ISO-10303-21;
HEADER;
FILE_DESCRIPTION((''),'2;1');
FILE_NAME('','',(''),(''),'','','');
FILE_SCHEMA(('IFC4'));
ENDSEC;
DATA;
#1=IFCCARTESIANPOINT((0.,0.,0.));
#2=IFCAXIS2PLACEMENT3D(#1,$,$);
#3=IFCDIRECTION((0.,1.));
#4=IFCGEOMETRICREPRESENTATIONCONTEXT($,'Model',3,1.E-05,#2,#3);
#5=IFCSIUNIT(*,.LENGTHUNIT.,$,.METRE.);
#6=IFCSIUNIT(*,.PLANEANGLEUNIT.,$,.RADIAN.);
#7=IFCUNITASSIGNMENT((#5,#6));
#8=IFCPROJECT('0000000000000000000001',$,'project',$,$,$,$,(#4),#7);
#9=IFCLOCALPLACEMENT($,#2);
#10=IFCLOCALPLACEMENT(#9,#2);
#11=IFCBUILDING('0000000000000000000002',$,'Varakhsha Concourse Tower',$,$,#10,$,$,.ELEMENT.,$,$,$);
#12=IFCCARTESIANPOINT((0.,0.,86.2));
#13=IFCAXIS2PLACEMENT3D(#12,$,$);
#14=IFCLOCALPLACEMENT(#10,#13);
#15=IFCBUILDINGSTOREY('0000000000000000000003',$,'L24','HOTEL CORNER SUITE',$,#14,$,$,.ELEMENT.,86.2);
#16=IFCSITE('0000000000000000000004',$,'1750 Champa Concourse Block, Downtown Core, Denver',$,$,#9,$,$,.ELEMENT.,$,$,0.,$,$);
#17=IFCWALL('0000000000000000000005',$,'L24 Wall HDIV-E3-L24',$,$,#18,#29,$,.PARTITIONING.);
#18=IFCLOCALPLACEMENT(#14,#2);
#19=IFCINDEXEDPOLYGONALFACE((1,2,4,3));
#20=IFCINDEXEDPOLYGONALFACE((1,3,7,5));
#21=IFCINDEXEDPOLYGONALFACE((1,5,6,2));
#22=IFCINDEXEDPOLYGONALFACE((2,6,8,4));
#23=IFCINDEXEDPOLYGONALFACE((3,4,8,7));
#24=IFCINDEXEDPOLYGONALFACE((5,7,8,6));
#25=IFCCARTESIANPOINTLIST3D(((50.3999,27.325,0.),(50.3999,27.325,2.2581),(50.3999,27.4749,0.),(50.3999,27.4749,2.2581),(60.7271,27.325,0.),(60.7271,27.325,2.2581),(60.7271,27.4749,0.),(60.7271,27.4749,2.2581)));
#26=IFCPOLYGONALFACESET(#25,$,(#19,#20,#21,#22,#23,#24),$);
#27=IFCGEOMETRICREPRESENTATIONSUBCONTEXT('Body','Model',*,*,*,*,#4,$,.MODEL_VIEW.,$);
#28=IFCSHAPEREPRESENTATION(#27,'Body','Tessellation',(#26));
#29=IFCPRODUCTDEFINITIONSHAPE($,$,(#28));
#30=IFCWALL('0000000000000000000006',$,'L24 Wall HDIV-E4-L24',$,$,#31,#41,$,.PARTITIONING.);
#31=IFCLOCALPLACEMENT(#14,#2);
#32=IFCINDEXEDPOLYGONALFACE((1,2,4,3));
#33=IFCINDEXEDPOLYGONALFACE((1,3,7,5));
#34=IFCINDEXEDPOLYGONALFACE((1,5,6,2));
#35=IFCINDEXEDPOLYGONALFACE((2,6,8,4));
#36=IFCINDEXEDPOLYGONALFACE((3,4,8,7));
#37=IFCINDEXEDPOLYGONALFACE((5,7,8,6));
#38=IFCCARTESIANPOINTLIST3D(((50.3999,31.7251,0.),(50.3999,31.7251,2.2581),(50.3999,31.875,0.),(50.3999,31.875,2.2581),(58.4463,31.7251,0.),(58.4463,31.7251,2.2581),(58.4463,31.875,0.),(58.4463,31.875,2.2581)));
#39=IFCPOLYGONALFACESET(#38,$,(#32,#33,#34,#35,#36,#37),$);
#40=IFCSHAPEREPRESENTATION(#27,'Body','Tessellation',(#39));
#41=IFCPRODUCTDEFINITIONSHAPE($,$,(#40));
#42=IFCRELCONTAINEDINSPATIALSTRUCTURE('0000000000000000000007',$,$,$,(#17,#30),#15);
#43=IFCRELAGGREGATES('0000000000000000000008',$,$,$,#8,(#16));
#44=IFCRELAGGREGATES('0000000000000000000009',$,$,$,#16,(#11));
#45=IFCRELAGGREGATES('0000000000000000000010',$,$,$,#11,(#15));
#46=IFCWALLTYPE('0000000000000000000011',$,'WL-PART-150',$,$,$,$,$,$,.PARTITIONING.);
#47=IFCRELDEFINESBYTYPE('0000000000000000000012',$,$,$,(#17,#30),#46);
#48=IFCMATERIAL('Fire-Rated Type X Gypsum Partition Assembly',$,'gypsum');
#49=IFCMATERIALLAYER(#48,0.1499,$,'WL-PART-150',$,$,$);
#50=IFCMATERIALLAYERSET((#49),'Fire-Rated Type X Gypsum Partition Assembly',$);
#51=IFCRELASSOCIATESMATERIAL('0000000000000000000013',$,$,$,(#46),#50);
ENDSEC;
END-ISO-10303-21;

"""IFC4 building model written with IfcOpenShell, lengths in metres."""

from ifc_helpers import new_model, si_unit, direction, frame, frame_2d, origin, place, context, subcontext, project, spatial, rectangle, extrude, material, layer, layer_set, type_object, element, save


model = new_model("IFC4")

# Units and contexts
model_context = context("Model", 3, precision=1e-05, world=origin(), true_north=direction((0.0, 1.0)))
body_context = subcontext(model_context, "Body", "Model", "MODEL_VIEW")
ifc_project = project(units=[si_unit("LENGTHUNIT", "METRE"), si_unit("PLANEANGLEUNIT", "RADIAN")], contexts=[model_context])

# Site, building, storey
site_placement = place(None, origin())
site = spatial("IfcSite", under=ifc_project, at=site_placement, Name="1750 Champa Concourse Block, Downtown Core, Denver", CompositionType="ELEMENT", RefElevation=0.0)
building_placement = place(site_placement, origin())
building = spatial("IfcBuilding", under=site, at=building_placement, Name="Varakhsha Concourse Tower", CompositionType="ELEMENT")
storey_placement = place(building_placement, frame((0.0, 0.0, 86.2)))
storey = spatial("IfcBuildingStorey", under=building, at=storey_placement, Name="L24", Description="HOTEL CORNER SUITE", CompositionType="ELEMENT", Elevation=86.2)

# Walls
ifc_material_1 = material(Name="Fire-Rated Type X Gypsum Partition Assembly", Category="gypsum")
ifc_layer_1 = layer(ifc_material_1, 0.1499, Name="WL-PART-150")
ifc_layer_set_1 = layer_set([ifc_layer_1], Name="Fire-Rated Type X Gypsum Partition Assembly")
wall_type_1 = type_object("IfcWallType", Name="WL-PART-150", PredefinedType="PARTITIONING", material=ifc_layer_set_1)
wall_1_placement = place(storey_placement, frame((50.3999, 27.3999, 0.0), z_axis=(0.0, 0.0, 1.0), x_axis=(1.0, 0.0, 0.0)))
element("IfcWall", 1, at=wall_1_placement, inside=storey, type_object=wall_type_1, Name="L24 Wall HDIV-E3-L24", PredefinedType="PARTITIONING", context=body_context, shape_type="SweptSolid", body=[
    extrude(rectangle(XDim=10.3271, YDim=0.1499, at=frame_2d((5.1636, 0.0))), origin(), (0.0, 0.0, 1.0), 2.2581),
])
wall_2_placement = place(storey_placement, frame((50.3999, 31.8, 0.0), z_axis=(0.0, 0.0, 1.0), x_axis=(1.0, 0.0, 0.0)))
element("IfcWall", 2, at=wall_2_placement, inside=storey, type_object=wall_type_1, Name="L24 Wall HDIV-E4-L24", PredefinedType="PARTITIONING", context=body_context, shape_type="SweptSolid", body=[
    extrude(rectangle(XDim=8.0464, YDim=0.1499, at=frame_2d((4.0232, 0.0))), origin(), (0.0, 0.0, 1.0), 2.2581),
])

save(model, "model.ifc")
